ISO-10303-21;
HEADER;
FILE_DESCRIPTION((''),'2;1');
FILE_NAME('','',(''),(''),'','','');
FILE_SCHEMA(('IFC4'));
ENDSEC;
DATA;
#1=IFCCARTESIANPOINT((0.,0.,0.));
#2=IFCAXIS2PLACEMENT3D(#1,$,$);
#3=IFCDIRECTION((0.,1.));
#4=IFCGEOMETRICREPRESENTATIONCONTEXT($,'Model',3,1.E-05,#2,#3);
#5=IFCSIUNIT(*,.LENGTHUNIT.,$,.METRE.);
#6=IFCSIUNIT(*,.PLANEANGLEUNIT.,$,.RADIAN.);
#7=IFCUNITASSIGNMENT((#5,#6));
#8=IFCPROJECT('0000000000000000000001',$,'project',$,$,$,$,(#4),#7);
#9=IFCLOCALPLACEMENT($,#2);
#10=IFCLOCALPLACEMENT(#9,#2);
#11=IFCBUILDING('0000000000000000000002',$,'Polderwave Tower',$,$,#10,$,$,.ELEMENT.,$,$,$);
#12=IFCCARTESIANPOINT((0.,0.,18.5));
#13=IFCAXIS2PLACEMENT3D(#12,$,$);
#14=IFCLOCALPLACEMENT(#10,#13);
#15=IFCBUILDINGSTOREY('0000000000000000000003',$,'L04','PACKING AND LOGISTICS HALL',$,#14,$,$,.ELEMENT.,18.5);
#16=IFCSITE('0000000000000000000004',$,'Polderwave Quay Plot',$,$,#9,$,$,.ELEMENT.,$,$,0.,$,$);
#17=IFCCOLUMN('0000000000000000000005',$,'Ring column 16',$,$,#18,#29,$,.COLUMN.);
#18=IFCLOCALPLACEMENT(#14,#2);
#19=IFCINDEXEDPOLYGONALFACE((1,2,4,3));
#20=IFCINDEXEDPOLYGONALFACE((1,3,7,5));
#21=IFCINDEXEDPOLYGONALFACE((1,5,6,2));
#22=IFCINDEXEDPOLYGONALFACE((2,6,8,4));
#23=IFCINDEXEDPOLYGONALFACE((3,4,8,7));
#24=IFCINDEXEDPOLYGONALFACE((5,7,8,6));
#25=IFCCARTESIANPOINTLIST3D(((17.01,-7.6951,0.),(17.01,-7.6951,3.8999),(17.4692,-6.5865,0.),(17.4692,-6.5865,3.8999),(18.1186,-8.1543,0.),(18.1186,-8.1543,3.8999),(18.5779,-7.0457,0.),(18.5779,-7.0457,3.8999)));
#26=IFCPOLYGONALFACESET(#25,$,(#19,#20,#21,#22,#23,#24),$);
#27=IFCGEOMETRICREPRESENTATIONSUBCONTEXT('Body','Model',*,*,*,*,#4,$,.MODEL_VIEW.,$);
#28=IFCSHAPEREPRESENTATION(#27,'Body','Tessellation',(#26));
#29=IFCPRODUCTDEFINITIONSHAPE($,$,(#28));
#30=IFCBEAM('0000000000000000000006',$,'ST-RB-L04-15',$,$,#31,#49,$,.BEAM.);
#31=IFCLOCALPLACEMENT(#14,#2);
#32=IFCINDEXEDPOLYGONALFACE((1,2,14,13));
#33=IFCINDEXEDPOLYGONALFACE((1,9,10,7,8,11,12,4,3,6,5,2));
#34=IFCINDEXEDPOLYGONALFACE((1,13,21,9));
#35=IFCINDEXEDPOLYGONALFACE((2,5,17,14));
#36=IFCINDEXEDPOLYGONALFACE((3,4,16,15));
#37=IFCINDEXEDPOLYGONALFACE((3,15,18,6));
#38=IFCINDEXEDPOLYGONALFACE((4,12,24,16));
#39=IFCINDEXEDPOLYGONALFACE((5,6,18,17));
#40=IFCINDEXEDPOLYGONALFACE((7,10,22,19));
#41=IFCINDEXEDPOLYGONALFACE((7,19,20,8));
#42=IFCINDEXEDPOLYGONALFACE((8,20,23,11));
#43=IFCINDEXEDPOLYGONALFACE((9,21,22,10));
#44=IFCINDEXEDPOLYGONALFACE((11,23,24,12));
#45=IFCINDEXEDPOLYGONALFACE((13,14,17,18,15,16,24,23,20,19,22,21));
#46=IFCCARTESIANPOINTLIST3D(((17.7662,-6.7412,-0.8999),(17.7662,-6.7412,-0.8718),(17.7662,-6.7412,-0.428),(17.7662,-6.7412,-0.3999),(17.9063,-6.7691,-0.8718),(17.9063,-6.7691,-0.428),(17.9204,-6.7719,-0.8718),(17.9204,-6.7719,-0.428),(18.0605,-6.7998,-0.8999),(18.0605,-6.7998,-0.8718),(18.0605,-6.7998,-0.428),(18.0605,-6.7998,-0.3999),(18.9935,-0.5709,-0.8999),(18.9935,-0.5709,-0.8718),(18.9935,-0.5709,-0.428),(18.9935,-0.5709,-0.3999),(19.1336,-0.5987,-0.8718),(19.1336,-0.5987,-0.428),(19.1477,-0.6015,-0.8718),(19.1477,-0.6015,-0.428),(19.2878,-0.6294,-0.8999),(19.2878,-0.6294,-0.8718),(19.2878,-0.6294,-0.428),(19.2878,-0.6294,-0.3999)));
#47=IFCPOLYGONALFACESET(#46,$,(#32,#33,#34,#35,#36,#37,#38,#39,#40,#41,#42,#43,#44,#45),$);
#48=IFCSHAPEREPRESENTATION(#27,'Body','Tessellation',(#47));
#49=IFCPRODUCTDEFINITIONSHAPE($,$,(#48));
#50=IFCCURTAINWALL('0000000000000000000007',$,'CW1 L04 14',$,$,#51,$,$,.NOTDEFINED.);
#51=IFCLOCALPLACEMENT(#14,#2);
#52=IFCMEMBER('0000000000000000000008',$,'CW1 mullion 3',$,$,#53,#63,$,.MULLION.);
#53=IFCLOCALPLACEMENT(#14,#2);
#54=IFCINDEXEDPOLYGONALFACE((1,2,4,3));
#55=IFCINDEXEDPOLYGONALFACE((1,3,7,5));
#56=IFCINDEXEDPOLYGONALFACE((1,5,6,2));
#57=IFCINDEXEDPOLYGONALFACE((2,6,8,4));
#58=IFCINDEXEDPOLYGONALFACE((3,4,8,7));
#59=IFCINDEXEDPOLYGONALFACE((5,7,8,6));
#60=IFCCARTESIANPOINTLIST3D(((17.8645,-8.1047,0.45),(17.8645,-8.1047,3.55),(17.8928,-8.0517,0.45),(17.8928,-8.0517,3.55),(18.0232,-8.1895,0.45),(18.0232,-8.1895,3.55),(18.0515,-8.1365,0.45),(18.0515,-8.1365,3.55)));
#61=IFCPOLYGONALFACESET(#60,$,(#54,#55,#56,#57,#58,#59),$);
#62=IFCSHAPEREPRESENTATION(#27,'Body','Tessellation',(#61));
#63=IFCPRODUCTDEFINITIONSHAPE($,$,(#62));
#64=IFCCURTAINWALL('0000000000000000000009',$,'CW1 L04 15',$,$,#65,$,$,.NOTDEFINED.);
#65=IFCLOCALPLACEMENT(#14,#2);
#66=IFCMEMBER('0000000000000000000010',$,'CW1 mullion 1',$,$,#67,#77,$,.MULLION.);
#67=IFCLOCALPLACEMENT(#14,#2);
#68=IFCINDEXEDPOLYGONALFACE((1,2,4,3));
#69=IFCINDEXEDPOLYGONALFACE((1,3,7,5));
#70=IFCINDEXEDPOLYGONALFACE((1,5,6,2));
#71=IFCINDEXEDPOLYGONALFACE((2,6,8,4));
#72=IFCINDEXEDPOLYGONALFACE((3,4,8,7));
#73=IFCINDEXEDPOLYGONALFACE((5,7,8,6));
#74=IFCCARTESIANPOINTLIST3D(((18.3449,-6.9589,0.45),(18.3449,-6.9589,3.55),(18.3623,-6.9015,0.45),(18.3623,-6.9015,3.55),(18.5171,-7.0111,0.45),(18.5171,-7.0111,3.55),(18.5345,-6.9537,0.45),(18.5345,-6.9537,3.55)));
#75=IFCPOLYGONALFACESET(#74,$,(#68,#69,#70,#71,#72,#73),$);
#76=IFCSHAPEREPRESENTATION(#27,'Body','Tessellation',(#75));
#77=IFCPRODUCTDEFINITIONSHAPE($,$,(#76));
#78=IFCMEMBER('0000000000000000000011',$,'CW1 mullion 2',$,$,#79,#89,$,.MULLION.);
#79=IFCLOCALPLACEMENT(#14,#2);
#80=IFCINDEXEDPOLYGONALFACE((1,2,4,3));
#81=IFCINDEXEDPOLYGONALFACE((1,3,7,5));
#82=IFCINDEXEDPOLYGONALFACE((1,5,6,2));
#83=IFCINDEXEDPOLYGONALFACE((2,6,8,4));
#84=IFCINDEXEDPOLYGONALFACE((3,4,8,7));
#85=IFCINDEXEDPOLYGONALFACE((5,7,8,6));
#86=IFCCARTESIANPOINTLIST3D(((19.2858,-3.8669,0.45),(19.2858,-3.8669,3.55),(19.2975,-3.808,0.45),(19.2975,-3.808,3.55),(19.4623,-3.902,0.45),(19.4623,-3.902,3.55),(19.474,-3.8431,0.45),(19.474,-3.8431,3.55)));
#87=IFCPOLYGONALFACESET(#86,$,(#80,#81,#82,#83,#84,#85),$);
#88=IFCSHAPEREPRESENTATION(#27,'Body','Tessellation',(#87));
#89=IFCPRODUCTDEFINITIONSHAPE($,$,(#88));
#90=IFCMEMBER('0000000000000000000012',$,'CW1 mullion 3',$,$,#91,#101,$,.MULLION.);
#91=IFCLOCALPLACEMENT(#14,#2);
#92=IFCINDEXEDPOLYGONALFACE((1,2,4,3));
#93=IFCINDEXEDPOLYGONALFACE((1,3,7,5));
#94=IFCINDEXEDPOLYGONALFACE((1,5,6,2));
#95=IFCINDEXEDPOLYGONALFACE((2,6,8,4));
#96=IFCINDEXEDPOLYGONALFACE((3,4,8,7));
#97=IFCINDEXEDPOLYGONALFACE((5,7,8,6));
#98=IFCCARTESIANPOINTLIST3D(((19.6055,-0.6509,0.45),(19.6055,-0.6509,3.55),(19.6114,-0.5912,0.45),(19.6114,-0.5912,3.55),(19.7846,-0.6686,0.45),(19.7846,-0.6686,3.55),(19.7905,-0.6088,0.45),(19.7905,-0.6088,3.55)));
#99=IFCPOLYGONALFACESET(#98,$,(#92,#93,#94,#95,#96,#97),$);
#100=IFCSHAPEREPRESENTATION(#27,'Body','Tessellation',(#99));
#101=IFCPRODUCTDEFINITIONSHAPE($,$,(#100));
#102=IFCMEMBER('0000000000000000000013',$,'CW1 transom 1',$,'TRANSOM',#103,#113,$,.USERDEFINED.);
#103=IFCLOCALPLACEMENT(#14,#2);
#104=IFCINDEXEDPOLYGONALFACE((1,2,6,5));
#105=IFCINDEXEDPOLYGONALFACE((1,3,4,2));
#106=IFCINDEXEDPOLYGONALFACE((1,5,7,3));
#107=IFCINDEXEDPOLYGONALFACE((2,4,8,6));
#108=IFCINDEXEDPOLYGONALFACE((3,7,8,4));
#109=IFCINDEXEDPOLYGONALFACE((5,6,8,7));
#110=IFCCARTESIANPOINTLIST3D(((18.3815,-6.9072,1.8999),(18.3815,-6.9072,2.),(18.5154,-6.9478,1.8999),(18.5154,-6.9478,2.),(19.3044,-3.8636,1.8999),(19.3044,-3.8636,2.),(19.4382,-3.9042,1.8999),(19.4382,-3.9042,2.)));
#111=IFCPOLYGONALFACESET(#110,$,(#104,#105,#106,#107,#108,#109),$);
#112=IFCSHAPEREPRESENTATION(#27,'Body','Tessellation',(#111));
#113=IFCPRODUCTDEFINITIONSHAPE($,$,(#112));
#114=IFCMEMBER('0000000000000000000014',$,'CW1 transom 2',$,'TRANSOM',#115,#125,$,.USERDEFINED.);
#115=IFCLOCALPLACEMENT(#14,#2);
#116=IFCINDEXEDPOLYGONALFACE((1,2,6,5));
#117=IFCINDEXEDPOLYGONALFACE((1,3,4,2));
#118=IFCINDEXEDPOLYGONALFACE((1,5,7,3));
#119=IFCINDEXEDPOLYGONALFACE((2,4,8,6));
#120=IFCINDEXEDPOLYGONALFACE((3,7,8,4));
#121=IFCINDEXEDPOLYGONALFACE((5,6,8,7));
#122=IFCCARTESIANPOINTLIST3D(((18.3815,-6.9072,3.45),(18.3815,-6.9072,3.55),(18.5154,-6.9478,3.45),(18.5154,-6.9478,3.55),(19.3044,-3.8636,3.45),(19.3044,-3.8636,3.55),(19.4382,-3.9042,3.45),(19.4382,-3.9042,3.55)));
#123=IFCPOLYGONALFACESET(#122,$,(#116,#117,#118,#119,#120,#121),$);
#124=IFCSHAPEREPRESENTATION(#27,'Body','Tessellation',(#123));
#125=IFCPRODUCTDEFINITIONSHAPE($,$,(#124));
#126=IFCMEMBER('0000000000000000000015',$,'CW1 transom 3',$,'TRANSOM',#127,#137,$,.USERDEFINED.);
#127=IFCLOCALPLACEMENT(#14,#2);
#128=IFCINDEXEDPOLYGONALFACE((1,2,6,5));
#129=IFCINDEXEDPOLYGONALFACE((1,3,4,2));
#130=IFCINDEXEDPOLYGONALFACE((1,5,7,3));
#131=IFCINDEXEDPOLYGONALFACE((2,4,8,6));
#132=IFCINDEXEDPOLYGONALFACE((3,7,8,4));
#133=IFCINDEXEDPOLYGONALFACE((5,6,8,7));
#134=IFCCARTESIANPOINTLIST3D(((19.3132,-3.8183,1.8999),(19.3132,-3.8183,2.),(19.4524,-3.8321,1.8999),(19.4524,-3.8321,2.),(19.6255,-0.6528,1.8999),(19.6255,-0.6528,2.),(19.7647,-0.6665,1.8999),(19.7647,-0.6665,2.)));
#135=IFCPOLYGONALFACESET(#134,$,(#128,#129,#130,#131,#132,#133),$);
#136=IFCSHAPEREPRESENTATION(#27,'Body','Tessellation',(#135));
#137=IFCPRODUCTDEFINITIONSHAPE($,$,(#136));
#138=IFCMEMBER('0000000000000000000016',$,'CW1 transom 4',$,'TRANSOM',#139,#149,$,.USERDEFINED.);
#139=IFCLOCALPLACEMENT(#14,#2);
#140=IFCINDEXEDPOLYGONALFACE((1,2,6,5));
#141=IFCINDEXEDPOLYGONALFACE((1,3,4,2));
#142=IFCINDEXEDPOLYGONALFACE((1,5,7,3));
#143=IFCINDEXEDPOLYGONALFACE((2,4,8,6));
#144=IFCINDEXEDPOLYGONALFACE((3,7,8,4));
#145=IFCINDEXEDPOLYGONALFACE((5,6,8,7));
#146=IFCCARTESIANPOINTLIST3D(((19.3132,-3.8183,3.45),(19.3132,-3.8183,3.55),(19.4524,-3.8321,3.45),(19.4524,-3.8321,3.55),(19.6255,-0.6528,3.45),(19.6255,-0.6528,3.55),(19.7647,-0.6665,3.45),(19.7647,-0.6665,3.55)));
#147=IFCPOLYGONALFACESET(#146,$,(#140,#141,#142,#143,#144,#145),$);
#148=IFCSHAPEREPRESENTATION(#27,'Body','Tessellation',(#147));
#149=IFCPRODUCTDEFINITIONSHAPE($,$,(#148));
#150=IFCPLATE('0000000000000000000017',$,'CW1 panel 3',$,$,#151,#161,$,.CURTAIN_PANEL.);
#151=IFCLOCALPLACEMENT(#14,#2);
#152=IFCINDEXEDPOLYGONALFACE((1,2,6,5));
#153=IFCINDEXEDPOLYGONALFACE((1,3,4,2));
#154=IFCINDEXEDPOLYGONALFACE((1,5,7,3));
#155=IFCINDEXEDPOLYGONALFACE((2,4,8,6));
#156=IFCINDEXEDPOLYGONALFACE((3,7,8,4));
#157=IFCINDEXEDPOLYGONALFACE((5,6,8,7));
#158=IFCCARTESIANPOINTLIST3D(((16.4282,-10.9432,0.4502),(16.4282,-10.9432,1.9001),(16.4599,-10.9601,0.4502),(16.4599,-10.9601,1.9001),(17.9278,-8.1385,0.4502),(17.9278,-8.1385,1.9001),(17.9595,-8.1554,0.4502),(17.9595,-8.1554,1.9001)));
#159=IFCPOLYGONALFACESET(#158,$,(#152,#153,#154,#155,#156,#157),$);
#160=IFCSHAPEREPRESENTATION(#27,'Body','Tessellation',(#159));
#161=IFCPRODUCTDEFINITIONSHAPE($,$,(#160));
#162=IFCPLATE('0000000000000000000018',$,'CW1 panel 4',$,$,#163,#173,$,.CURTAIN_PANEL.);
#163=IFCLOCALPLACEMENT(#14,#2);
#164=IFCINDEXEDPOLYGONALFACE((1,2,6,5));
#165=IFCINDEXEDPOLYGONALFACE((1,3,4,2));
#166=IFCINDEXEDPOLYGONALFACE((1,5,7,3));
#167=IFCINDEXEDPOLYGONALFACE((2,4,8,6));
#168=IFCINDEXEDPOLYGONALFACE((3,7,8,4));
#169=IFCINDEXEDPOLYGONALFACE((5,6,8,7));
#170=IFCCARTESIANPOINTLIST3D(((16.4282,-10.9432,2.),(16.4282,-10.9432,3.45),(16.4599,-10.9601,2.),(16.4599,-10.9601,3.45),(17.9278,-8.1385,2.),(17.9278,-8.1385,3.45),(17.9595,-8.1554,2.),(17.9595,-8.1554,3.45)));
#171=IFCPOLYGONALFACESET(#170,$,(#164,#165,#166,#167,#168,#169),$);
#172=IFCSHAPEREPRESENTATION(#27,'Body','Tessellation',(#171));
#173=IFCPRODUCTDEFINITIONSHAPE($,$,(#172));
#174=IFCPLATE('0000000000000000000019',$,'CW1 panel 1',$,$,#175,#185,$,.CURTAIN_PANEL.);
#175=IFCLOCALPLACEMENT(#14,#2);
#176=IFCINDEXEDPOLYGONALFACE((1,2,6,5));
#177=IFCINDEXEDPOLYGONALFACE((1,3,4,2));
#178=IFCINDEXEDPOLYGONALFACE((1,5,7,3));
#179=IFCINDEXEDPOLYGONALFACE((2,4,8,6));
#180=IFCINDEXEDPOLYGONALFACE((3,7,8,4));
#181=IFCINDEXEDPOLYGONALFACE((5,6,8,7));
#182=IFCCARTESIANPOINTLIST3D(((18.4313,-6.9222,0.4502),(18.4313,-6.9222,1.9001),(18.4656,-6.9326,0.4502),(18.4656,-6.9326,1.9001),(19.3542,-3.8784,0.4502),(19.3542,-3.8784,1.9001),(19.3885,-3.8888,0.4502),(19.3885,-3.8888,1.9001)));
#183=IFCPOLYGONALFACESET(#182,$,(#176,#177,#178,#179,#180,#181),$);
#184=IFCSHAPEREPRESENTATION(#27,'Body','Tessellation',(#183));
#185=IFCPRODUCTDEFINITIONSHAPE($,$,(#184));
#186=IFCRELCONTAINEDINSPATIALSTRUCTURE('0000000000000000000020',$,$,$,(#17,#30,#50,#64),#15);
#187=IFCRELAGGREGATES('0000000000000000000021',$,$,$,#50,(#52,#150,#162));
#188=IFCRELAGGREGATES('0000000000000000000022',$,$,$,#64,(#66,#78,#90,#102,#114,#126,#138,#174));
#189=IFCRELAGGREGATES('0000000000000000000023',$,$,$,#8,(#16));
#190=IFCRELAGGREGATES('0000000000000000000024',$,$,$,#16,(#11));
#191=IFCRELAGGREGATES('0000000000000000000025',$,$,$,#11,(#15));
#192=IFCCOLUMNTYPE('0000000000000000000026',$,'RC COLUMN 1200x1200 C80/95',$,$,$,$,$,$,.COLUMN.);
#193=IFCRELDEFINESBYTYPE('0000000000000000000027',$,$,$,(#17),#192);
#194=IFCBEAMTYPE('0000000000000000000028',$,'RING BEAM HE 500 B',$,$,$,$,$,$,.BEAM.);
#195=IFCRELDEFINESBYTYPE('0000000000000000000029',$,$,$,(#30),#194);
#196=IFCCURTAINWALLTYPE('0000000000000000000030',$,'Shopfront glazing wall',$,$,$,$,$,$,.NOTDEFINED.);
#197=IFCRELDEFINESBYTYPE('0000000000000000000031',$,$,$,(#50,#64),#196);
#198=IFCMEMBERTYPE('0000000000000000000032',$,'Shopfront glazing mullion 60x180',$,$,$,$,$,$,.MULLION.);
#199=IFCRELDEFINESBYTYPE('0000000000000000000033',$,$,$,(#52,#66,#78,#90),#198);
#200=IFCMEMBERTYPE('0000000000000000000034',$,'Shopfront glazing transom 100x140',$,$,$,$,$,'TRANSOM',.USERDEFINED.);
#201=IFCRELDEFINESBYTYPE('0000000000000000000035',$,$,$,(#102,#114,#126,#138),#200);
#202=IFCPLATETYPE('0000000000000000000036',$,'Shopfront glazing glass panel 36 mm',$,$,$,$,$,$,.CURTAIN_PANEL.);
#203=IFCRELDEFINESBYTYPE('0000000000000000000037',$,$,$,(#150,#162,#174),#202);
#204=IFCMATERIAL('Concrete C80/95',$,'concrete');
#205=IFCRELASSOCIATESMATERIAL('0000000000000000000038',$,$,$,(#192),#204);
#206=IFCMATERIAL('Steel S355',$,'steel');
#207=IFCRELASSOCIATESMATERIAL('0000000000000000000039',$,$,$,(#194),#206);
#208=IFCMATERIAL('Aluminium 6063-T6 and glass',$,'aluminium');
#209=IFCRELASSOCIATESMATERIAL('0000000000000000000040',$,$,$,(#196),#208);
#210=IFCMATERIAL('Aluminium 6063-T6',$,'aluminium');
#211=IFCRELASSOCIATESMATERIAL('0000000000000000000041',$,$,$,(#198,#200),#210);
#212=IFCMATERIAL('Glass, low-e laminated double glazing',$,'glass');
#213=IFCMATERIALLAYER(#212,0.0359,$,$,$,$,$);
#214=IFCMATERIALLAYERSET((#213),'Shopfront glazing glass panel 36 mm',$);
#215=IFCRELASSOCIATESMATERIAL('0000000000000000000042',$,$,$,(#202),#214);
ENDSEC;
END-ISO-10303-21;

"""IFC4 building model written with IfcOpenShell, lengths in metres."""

from ifc_helpers import new_model, si_unit, direction, frame, origin, origin_2d, place, context, subcontext, project, spatial, rectangle, i_section, extrude, material, layer, layer_set, material_profile, profile_set, type_object, element, aggregate, save


model = new_model("IFC4")

# Units and contexts
model_context = context("Model", 3, precision=1e-05, world=origin(), true_north=direction((0.0, 1.0)))
body_context = subcontext(model_context, "Body", "Model", "MODEL_VIEW")
ifc_project = project(units=[si_unit("LENGTHUNIT", "METRE"), si_unit("PLANEANGLEUNIT", "RADIAN")], contexts=[model_context])

# Site, building, storey
site_placement = place(None, origin())
site = spatial("IfcSite", under=ifc_project, at=site_placement, Name="Polderwave Quay Plot", CompositionType="ELEMENT", RefElevation=0.0)
building_placement = place(site_placement, origin())
building = spatial("IfcBuilding", under=site, at=building_placement, Name="Polderwave Tower", CompositionType="ELEMENT")
storey_placement = place(building_placement, frame((0.0, 0.0, 18.5)))
storey = spatial("IfcBuildingStorey", under=building, at=storey_placement, Name="L04", Description="PACKING AND LOGISTICS HALL", CompositionType="ELEMENT", Elevation=18.5)

# Column
ifc_material_1 = material(Name="Concrete C80/95", Category="concrete")
ifc_material_profile_1 = material_profile(ifc_material_1, rectangle(XDim=1.2, YDim=1.2, at=origin_2d()), Name="RC 1200x1200")
ifc_profile_set_1 = profile_set([ifc_material_profile_1], Name="Concrete C80/95")
column_type = type_object("IfcColumnType", Name="RC COLUMN 1200x1200 C80/95", PredefinedType="COLUMN", material=ifc_profile_set_1)
column_placement = place(storey_placement, frame((17.7939, -7.3704, 0.0), z_axis=(0.0, 0.0, 1.0), x_axis=(0.92388, -0.382683, 0.0)))
element("IfcColumn", 1, at=column_placement, inside=storey, type_object=column_type, Name="Ring column 16", PredefinedType="COLUMN", context=body_context, shape_type="SweptSolid", body=[
    extrude(rectangle(XDim=1.2, YDim=1.2, at=origin_2d()), origin(), (0.0, 0.0, 1.0), 3.8999),
])

# Beam
ifc_material_2 = material(Name="Steel S355", Category="steel")
ifc_material_profile_2 = material_profile(ifc_material_2, i_section(OverallWidth=0.3, OverallDepth=0.5, WebThickness=0.0144, FlangeThickness=0.0281, at=origin_2d()), Name="HE 500 B")
ifc_profile_set_2 = profile_set([ifc_material_profile_2], Name="Steel S355")
beam_type = type_object("IfcBeamType", Name="RING BEAM HE 500 B", PredefinedType="BEAM", material=ifc_profile_set_2)
beam_placement = place(storey_placement, frame((17.9133, -6.7705, -0.6499), z_axis=(0.195079, 0.980788, 0.0), x_axis=(-0.980788, 0.195079, 0.0)))
element("IfcBeam", 2, at=beam_placement, inside=storey, type_object=beam_type, Name="ST-RB-L04-15", PredefinedType="BEAM", context=body_context, shape_type="SweptSolid", body=[
    extrude(i_section(OverallWidth=0.3, OverallDepth=0.5, WebThickness=0.0144, FlangeThickness=0.0281, at=origin_2d()), origin(), (0.0, 0.0, 1.0), 6.2913),
])

# Curtain wall, member
ifc_material_3 = material(Name="Aluminium 6063-T6 and glass", Category="aluminium")
curtain_wall_type = type_object("IfcCurtainWallType", Name="Shopfront glazing wall", PredefinedType="NOTDEFINED", material=ifc_material_3)
curtain_wall_1_placement = place(storey_placement, origin())
curtain_wall_1 = element("IfcCurtainWall", 3, at=curtain_wall_1_placement, inside=storey, type_object=curtain_wall_type, Name="CW1 L04 14", PredefinedType="NOTDEFINED")
ifc_material_4 = material(Name="Aluminium 6063-T6", Category="aluminium")
ifc_material_profile_3 = material_profile(ifc_material_4, rectangle(XDim=0.1799, YDim=0.0601, at=origin_2d()), Name="AL 60x180")
ifc_profile_set_3 = profile_set([ifc_material_profile_3], Name="Aluminium 6063-T6")
member_type_1 = type_object("IfcMemberType", Name="Shopfront glazing mullion 60x180", PredefinedType="MULLION", material=ifc_profile_set_3)
member_1_placement = place(storey_placement, frame((17.958, -8.1206, 0.45), z_axis=(0.0, 0.0, 1.0), x_axis=(-0.881861, 0.471509, 0.0)))
member_1 = element("IfcMember", 4, at=member_1_placement, type_object=member_type_1, Name="CW1 mullion 3", PredefinedType="MULLION", context=body_context, shape_type="SweptSolid", body=[
    extrude(rectangle(XDim=0.1799, YDim=0.0601, at=origin_2d()), origin(), (0.0, 0.0, 1.0), 3.1001),
])

# Curtain wall, members
curtain_wall_2_placement = place(storey_placement, origin())
curtain_wall_2 = element("IfcCurtainWall", 5, at=curtain_wall_2_placement, inside=storey, type_object=curtain_wall_type, Name="CW1 L04 15", PredefinedType="NOTDEFINED")
member_2_placement = place(storey_placement, frame((18.4397, -6.9563, 0.45), z_axis=(0.0, 0.0, 1.0), x_axis=(-0.956981, 0.290151, 0.0)))
member_2 = element("IfcMember", 6, at=member_2_placement, type_object=member_type_1, Name="CW1 mullion 1", PredefinedType="MULLION", context=body_context, shape_type="SweptSolid", body=[
    extrude(rectangle(XDim=0.1799, YDim=0.0601, at=origin_2d()), origin(), (0.0, 0.0, 1.0), 3.1001),
])
member_3_placement = place(storey_placement, frame((19.3799, -3.855, 0.45), z_axis=(0.0, 0.0, 1.0), x_axis=(-0.980787, 0.195083, 0.0)))
member_3 = element("IfcMember", 7, at=member_3_placement, type_object=member_type_1, Name="CW1 mullion 2", PredefinedType="MULLION", context=body_context, shape_type="SweptSolid", body=[
    extrude(rectangle(XDim=0.1799, YDim=0.0601, at=origin_2d()), origin(), (0.0, 0.0, 1.0), 3.1001),
])
member_4_placement = place(storey_placement, frame((19.698, -0.6299, 0.45), z_axis=(0.0, 0.0, 1.0), x_axis=(-0.995172, 0.098142, 0.0)))
member_4 = element("IfcMember", 8, at=member_4_placement, type_object=member_type_1, Name="CW1 mullion 3", PredefinedType="MULLION", context=body_context, shape_type="SweptSolid", body=[
    extrude(rectangle(XDim=0.1799, YDim=0.0601, at=origin_2d()), origin(), (0.0, 0.0, 1.0), 3.1001),
])
ifc_material_profile_4 = material_profile(ifc_material_4, rectangle(XDim=0.1399, YDim=0.1001, at=origin_2d()), Name="AL 100x140")
ifc_profile_set_4 = profile_set([ifc_material_profile_4], Name="Aluminium 6063-T6")
member_type_2 = type_object("IfcMemberType", Name="Shopfront glazing transom 100x140", ElementType="TRANSOM", PredefinedType="USERDEFINED", material=ifc_profile_set_4)
member_5_placement = place(storey_placement, frame((18.4485, -6.9275, 1.95), z_axis=(0.290157, 0.956979, 0.0), x_axis=(-0.956979, 0.290157, 0.0)))
member_5 = element("IfcMember", 9, at=member_5_placement, type_object=member_type_2, Name="CW1 transom 1", ObjectType="TRANSOM", PredefinedType="USERDEFINED", context=body_context, shape_type="SweptSolid", body=[
    extrude(rectangle(XDim=0.1399, YDim=0.1001, at=origin_2d()), origin(), (0.0, 0.0, 1.0), 3.1804),
])
member_6_placement = place(storey_placement, frame((18.4485, -6.9275, 3.5), z_axis=(0.290157, 0.956979, 0.0), x_axis=(-0.956979, 0.290157, 0.0)))
member_6 = element("IfcMember", 10, at=member_6_placement, type_object=member_type_2, Name="CW1 transom 2", ObjectType="TRANSOM", PredefinedType="USERDEFINED", context=body_context, shape_type="SweptSolid", body=[
    extrude(rectangle(XDim=0.1399, YDim=0.1001, at=origin_2d()), origin(), (0.0, 0.0, 1.0), 3.1804),
])
member_7_placement = place(storey_placement, frame((19.3828, -3.8252, 1.95), z_axis=(0.098166, 0.99517, 0.0), x_axis=(-0.99517, 0.098166, 0.0)))
member_7 = element("IfcMember", 11, at=member_7_placement, type_object=member_type_2, Name="CW1 transom 3", ObjectType="TRANSOM", PredefinedType="USERDEFINED", context=body_context, shape_type="SweptSolid", body=[
    extrude(rectangle(XDim=0.1399, YDim=0.1001, at=origin_2d()), origin(), (0.0, 0.0, 1.0), 3.1809),
])
member_8_placement = place(storey_placement, frame((19.3828, -3.8252, 3.5), z_axis=(0.098166, 0.99517, 0.0), x_axis=(-0.99517, 0.098166, 0.0)))
member_8 = element("IfcMember", 12, at=member_8_placement, type_object=member_type_2, Name="CW1 transom 4", ObjectType="TRANSOM", PredefinedType="USERDEFINED", context=body_context, shape_type="SweptSolid", body=[
    extrude(rectangle(XDim=0.1399, YDim=0.1001, at=origin_2d()), origin(), (0.0, 0.0, 1.0), 3.1809),
])

# Plates
ifc_material_5 = material(Name="Glass, low-e laminated double glazing", Category="glass")
ifc_layer_1 = layer(ifc_material_5, 0.0359)
ifc_layer_set_1 = layer_set([ifc_layer_1], Name="Shopfront glazing glass panel 36 mm")
plate_type = type_object("IfcPlateType", Name="Shopfront glazing glass panel 36 mm", PredefinedType="CURTAIN_PANEL", material=ifc_layer_set_1)
plate_1_placement = place(storey_placement, frame((17.1938, -9.5493, 0.4502), z_axis=(0.0, 0.0, 1.0), x_axis=(0.471509, 0.881861, 0.0)))
plate_1 = element("IfcPlate", 13, at=plate_1_placement, type_object=plate_type, Name="CW1 panel 3", PredefinedType="CURTAIN_PANEL", context=body_context, shape_type="SweptSolid", body=[
    extrude(rectangle(XDim=3.1804, YDim=0.0359, at=origin_2d()), origin(), (0.0, 0.0, 1.0), 1.45),
])
plate_2_placement = place(storey_placement, frame((17.1938, -9.5493, 2.0), z_axis=(0.0, 0.0, 1.0), x_axis=(0.471509, 0.881861, 0.0)))
plate_2 = element("IfcPlate", 14, at=plate_2_placement, type_object=plate_type, Name="CW1 panel 4", PredefinedType="CURTAIN_PANEL", context=body_context, shape_type="SweptSolid", body=[
    extrude(rectangle(XDim=3.1804, YDim=0.0359, at=origin_2d()), origin(), (0.0, 0.0, 1.0), 1.45),
])
aggregate(curtain_wall_1, [member_1, plate_1, plate_2])
plate_3_placement = place(storey_placement, frame((18.9099, -5.4055, 0.4502), z_axis=(0.0, 0.0, 1.0), x_axis=(0.290151, 0.956981, 0.0)))
plate_3 = element("IfcPlate", 15, at=plate_3_placement, type_object=plate_type, Name="CW1 panel 1", PredefinedType="CURTAIN_PANEL", context=body_context, shape_type="SweptSolid", body=[
    extrude(rectangle(XDim=3.1807, YDim=0.0359, at=origin_2d()), origin(), (0.0, 0.0, 1.0), 1.45),
])
aggregate(curtain_wall_2, [member_2, member_3, member_4, member_5, member_6, member_7, member_8, plate_3])

save(model, "model.ifc")
